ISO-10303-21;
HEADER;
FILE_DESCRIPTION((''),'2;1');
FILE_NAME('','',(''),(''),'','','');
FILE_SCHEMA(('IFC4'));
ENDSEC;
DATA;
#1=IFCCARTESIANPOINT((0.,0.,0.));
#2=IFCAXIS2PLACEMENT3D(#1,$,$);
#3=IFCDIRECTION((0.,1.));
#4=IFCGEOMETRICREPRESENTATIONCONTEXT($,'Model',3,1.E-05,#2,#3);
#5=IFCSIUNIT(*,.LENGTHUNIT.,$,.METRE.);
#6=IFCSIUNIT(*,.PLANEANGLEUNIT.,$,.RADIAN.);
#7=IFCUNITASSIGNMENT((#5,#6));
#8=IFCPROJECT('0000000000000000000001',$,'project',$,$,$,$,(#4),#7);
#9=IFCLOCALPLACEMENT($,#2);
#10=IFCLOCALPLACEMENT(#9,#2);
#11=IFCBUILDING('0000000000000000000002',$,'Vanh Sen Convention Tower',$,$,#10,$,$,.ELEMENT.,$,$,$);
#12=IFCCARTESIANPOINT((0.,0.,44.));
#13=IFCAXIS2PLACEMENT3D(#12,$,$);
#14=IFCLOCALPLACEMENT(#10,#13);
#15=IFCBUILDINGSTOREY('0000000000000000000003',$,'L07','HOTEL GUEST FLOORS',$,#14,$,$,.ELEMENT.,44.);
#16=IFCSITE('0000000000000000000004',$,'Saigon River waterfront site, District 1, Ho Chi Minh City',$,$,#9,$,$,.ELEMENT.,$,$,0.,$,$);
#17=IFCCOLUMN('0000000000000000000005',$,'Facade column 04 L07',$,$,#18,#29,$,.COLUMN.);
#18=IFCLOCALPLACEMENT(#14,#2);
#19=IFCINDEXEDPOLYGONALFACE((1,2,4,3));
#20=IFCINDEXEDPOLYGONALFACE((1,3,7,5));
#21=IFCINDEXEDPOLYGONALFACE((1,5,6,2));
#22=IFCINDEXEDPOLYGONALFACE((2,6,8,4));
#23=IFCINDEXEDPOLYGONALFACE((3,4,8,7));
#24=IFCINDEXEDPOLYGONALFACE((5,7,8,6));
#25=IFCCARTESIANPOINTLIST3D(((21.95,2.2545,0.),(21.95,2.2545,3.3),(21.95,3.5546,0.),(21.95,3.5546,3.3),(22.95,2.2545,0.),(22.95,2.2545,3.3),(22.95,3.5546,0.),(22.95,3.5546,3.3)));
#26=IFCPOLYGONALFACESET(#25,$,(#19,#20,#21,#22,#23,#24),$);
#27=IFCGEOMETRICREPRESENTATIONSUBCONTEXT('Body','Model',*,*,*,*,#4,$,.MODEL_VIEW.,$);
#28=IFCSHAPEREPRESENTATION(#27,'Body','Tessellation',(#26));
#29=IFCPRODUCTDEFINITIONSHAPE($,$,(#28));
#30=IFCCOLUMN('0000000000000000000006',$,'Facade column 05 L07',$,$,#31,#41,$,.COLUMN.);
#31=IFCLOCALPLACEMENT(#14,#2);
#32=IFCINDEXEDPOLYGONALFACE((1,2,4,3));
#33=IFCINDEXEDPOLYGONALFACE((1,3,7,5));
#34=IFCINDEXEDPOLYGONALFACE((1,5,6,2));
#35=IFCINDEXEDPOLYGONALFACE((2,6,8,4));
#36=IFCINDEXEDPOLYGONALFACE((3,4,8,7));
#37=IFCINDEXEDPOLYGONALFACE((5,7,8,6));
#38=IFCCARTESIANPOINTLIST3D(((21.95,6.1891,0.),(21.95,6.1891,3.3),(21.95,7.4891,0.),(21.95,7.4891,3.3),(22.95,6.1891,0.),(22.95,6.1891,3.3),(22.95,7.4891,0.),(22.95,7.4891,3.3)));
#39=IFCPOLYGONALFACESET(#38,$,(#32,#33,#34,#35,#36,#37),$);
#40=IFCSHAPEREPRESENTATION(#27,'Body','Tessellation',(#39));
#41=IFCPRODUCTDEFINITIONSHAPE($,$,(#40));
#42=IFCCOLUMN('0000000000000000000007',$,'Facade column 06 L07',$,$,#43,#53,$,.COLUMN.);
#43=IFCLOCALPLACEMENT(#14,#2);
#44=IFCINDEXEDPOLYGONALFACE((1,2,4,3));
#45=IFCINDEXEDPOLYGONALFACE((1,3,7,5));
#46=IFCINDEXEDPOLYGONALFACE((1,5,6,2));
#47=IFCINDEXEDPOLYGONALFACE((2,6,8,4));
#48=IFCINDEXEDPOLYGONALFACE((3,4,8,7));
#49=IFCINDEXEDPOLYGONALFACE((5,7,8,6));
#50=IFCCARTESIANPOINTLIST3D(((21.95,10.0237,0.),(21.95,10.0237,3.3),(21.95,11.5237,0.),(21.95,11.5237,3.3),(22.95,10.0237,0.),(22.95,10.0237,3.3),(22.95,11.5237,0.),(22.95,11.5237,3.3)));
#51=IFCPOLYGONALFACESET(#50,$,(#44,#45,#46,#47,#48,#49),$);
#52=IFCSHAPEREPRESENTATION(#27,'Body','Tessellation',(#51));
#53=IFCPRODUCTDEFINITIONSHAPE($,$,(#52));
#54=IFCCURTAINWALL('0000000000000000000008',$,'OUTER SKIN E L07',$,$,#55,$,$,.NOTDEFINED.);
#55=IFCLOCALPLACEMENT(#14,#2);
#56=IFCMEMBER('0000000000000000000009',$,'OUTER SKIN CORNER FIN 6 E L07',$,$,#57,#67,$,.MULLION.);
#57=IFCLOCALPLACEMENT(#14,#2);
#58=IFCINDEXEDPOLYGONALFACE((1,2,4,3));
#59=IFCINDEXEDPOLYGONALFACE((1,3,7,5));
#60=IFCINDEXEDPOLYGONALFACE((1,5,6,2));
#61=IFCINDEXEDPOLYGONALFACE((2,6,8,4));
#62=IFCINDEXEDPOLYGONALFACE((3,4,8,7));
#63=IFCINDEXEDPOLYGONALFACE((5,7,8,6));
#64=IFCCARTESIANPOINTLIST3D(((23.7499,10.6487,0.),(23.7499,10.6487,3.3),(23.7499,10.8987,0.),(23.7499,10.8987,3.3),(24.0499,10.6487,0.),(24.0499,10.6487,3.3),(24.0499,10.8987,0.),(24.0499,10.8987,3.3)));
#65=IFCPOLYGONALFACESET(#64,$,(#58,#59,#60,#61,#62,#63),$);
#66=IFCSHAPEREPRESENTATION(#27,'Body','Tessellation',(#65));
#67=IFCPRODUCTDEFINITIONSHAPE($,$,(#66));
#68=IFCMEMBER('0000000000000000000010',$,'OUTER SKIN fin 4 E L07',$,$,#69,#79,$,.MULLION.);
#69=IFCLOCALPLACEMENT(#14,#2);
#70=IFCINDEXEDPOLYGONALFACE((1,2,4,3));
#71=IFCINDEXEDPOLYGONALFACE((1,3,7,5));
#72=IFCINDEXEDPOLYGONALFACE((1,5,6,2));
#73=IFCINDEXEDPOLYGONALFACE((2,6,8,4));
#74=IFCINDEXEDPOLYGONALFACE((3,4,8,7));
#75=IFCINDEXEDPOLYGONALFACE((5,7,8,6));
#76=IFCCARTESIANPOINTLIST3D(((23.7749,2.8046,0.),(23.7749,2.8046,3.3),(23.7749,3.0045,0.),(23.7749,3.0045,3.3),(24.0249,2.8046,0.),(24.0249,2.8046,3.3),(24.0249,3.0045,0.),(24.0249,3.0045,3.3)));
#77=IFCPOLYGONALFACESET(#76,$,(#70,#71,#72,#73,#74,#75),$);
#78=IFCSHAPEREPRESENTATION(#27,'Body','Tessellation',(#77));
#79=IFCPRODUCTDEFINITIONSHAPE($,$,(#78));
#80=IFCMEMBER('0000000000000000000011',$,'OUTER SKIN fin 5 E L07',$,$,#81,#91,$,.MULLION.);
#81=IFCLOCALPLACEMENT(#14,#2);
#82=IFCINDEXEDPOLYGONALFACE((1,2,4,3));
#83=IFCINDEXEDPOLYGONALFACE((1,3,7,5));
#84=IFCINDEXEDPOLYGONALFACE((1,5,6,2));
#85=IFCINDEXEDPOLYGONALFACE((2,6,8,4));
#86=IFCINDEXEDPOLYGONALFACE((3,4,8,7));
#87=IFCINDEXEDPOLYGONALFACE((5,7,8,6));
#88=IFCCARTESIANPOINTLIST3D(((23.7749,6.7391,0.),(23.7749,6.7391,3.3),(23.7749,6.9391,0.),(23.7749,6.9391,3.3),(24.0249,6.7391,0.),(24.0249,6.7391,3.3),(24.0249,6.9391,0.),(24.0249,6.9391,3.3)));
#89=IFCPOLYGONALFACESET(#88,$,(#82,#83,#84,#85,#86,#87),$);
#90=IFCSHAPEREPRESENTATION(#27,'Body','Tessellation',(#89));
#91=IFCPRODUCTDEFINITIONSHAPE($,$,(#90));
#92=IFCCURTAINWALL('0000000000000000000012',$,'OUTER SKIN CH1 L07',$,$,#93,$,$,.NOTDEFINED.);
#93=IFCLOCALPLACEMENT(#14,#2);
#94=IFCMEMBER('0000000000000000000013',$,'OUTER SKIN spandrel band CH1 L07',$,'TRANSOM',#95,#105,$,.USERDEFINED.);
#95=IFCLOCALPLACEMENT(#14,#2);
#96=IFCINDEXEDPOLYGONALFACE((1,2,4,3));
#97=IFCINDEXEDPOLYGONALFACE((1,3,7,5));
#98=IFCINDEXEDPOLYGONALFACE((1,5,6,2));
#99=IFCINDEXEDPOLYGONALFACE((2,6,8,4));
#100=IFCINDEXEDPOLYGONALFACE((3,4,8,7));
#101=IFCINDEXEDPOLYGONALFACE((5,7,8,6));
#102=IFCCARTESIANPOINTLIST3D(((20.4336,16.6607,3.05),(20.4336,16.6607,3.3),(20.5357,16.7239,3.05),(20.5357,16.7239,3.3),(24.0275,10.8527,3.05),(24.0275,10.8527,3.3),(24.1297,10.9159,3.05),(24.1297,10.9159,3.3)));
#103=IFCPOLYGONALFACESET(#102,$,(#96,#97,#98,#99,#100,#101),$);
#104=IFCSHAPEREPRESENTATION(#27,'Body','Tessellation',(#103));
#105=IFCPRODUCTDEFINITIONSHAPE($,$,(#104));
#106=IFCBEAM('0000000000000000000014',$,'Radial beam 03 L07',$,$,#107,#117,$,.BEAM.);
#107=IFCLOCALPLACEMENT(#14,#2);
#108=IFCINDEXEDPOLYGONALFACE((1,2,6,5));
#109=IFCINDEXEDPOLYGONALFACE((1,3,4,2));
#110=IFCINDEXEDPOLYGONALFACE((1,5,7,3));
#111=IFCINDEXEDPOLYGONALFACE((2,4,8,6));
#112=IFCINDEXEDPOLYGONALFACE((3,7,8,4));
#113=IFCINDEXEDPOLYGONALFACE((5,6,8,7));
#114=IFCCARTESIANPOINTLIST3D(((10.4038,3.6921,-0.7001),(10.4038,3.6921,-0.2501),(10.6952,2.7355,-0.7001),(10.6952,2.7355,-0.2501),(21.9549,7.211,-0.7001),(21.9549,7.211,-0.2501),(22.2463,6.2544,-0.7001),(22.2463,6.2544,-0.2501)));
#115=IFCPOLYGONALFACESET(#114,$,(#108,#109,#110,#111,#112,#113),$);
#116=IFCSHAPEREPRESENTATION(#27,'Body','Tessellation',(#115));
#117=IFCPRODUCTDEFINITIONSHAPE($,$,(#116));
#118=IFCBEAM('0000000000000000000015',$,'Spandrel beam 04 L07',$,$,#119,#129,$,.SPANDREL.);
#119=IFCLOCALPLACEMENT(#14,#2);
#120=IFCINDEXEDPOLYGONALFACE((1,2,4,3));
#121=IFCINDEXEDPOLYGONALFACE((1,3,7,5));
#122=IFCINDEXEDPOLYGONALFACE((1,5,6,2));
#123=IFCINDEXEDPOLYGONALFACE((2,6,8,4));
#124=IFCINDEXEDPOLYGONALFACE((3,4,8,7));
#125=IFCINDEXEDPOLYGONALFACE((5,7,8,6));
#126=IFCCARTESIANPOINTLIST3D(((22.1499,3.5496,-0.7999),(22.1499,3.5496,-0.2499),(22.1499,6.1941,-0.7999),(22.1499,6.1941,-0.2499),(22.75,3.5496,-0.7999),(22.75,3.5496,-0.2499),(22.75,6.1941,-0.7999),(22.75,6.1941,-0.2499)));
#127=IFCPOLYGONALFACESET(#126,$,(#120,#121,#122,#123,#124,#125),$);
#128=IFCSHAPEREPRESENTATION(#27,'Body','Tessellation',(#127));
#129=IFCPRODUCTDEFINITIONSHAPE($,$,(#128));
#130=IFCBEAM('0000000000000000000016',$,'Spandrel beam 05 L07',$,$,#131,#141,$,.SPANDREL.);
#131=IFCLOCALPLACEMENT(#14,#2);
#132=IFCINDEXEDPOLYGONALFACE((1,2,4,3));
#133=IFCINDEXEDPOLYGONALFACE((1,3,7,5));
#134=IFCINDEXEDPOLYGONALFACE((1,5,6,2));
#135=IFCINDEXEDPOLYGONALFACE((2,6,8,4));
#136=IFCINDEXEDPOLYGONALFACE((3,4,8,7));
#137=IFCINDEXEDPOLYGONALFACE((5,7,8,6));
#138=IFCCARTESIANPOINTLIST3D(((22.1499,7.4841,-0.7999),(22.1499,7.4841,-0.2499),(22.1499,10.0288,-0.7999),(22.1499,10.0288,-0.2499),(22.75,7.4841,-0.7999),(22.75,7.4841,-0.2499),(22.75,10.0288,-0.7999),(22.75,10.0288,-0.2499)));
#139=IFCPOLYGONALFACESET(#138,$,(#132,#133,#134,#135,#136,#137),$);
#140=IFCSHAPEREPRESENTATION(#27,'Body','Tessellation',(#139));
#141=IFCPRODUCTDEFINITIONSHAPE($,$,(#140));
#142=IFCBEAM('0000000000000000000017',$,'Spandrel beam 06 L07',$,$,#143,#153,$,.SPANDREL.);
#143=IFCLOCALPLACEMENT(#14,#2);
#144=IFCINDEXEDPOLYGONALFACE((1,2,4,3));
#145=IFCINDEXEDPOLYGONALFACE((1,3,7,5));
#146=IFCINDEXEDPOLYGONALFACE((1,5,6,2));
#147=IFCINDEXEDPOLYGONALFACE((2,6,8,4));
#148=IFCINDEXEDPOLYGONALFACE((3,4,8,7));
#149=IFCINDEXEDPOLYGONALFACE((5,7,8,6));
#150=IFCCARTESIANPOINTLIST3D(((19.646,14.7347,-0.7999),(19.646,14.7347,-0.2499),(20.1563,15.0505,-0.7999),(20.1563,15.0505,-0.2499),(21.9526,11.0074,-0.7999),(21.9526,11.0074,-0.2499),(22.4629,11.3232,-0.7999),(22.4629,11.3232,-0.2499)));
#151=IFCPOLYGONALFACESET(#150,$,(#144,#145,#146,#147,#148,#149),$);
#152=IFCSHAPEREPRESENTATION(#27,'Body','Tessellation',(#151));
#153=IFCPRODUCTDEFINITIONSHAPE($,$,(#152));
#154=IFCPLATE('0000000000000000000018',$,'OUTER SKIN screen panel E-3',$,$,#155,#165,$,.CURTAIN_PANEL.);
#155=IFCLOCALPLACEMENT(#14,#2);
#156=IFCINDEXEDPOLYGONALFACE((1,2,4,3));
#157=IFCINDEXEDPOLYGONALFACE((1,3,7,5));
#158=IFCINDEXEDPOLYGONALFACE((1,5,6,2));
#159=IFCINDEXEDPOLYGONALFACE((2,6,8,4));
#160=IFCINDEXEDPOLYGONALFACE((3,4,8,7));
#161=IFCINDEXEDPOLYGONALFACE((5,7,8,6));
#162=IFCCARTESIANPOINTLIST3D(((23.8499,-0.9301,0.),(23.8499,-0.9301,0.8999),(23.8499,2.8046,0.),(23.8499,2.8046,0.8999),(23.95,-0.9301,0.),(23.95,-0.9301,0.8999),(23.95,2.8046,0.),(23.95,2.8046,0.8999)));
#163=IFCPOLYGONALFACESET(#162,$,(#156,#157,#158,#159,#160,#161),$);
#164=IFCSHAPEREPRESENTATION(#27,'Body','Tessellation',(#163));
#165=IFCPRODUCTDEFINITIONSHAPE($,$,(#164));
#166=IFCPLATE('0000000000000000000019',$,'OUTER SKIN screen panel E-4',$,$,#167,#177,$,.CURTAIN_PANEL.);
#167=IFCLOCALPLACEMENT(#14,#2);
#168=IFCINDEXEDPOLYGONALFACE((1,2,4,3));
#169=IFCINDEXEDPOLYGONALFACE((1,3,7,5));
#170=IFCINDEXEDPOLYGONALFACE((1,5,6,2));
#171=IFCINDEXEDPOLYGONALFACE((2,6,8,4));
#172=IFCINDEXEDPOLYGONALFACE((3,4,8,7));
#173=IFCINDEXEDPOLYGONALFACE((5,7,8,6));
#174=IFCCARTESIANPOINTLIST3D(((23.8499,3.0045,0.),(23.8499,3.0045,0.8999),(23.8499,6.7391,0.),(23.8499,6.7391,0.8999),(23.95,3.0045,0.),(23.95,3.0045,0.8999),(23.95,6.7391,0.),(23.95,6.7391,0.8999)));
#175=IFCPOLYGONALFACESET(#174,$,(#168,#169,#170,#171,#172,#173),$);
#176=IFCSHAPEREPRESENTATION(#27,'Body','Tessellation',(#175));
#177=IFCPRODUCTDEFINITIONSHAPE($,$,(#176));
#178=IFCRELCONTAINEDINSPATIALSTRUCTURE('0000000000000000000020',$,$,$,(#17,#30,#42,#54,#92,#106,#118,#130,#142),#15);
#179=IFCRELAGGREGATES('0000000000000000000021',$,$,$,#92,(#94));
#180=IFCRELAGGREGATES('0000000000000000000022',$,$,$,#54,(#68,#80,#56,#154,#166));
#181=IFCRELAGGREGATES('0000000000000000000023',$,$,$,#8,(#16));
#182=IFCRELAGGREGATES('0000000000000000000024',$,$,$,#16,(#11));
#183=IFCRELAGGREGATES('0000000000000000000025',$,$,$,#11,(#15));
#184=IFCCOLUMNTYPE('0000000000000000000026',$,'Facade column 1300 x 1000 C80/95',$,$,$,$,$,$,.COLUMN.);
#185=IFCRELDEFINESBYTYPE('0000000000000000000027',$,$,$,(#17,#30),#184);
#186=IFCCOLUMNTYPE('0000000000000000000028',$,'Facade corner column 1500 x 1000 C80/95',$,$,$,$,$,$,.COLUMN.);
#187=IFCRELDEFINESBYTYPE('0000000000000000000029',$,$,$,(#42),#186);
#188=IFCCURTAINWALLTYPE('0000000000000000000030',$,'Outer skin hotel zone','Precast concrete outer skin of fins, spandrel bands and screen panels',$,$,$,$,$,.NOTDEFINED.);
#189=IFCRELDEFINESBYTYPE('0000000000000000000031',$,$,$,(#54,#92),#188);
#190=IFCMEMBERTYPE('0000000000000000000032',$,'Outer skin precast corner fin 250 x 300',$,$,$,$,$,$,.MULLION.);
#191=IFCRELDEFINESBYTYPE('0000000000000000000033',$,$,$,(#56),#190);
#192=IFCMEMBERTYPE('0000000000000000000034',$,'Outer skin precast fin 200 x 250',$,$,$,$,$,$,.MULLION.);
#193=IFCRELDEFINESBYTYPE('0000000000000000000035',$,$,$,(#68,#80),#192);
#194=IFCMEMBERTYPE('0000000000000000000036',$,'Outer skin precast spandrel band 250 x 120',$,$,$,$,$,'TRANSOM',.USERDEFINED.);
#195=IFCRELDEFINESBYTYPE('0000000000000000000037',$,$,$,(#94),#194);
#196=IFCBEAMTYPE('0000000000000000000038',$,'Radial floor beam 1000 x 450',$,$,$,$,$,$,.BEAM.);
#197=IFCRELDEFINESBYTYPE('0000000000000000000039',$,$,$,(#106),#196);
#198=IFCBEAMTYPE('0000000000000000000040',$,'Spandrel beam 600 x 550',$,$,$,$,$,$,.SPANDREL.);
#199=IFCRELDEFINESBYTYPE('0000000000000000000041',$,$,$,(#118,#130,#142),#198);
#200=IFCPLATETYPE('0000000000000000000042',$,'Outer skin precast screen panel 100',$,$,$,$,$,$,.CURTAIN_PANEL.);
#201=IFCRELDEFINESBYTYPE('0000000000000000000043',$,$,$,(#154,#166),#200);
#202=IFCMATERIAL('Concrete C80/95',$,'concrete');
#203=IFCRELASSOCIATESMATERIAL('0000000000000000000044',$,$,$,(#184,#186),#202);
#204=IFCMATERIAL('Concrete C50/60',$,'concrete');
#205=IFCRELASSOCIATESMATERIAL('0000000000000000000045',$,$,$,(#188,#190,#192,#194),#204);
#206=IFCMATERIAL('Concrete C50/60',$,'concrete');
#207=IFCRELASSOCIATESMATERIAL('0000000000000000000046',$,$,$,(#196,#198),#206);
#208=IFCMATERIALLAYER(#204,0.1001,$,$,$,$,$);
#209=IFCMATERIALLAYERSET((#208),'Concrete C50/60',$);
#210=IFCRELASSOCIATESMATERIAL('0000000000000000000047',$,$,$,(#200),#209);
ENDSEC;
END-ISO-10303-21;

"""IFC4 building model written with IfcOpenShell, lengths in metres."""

from ifc_helpers import new_model, si_unit, direction, frame, origin, origin_2d, place, context, subcontext, project, spatial, rectangle, extrude, material, layer, layer_set, material_profile, profile_set, type_object, element, aggregate, save


model = new_model("IFC4")

# Units and contexts
model_context = context("Model", 3, precision=1e-05, world=origin(), true_north=direction((0.0, 1.0)))
body_context = subcontext(model_context, "Body", "Model", "MODEL_VIEW")
ifc_project = project(units=[si_unit("LENGTHUNIT", "METRE"), si_unit("PLANEANGLEUNIT", "RADIAN")], contexts=[model_context])

# Site, building, storey
site_placement = place(None, origin())
site = spatial("IfcSite", under=ifc_project, at=site_placement, Name="Saigon River waterfront site, District 1, Ho Chi Minh City", CompositionType="ELEMENT", RefElevation=0.0)
building_placement = place(site_placement, origin())
building = spatial("IfcBuilding", under=site, at=building_placement, Name="Vanh Sen Convention Tower", CompositionType="ELEMENT")
storey_placement = place(building_placement, frame((0.0, 0.0, 44.0)))
storey = spatial("IfcBuildingStorey", under=building, at=storey_placement, Name="L07", Description="HOTEL GUEST FLOORS", CompositionType="ELEMENT", Elevation=44.0)

# Columns
ifc_material_1 = material(Name="Concrete C80/95", Category="concrete")
ifc_material_profile_1 = material_profile(ifc_material_1, rectangle(XDim=1.3, YDim=1.0, at=origin_2d()), Name="RC 1300X1000")
ifc_profile_set_1 = profile_set([ifc_material_profile_1], Name="Concrete C80/95")
column_type_1 = type_object("IfcColumnType", Name="Facade column 1300 x 1000 C80/95", PredefinedType="COLUMN", material=ifc_profile_set_1)
for number, where, z_axis, x_axis, name in (
    (1, (22.45, 2.9045, 0.0), (0.0, 0.0, 1.0), (0.0, 1.0, 0.0), "Facade column 04 L07"),
    (2, (22.45, 6.8391, 0.0), (0.0, 0.0, 1.0), (0.0, 1.0, 0.0), "Facade column 05 L07"),
):
    element("IfcColumn", number, at=place(storey_placement, frame(where, z_axis=z_axis, x_axis=x_axis)), inside=storey, type_object=column_type_1, Name=name, PredefinedType="COLUMN", context=body_context, shape_type="SweptSolid", body=[
        extrude(rectangle(XDim=1.3, YDim=1.0, at=origin_2d()), origin(), (0.0, 0.0, 1.0), 3.3),
    ])
ifc_material_profile_2 = material_profile(ifc_material_1, rectangle(XDim=1.5, YDim=1.0, at=origin_2d()), Name="RC 1500X1000")
ifc_profile_set_2 = profile_set([ifc_material_profile_2], Name="Concrete C80/95")
column_type_2 = type_object("IfcColumnType", Name="Facade corner column 1500 x 1000 C80/95", PredefinedType="COLUMN", material=ifc_profile_set_2)
column_placement = place(storey_placement, frame((22.45, 10.7737, 0.0), z_axis=(0.0, 0.0, 1.0), x_axis=(0.0, 1.0, 0.0)))
element("IfcColumn", 3, at=column_placement, inside=storey, type_object=column_type_2, Name="Facade column 06 L07", PredefinedType="COLUMN", context=body_context, shape_type="SweptSolid", body=[
    extrude(rectangle(XDim=1.5, YDim=1.0, at=origin_2d()), origin(), (0.0, 0.0, 1.0), 3.3),
])

# Curtain wall, members
ifc_material_2 = material(Name="Concrete C50/60", Category="concrete")
curtain_wall_type = type_object("IfcCurtainWallType", Name="Outer skin hotel zone", Description="Precast concrete outer skin of fins, spandrel bands and screen panels", PredefinedType="NOTDEFINED", material=ifc_material_2)
curtain_wall_1_placement = place(storey_placement, origin())
curtain_wall_1 = element("IfcCurtainWall", 4, at=curtain_wall_1_placement, inside=storey, type_object=curtain_wall_type, Name="OUTER SKIN E L07", PredefinedType="NOTDEFINED")
ifc_material_profile_3 = material_profile(ifc_material_2, rectangle(XDim=0.25, YDim=0.3, at=origin_2d()), Name="Outer skin precast corner fin 250 x 300")
ifc_profile_set_3 = profile_set([ifc_material_profile_3], Name="Concrete C50/60")
member_type_1 = type_object("IfcMemberType", Name="Outer skin precast corner fin 250 x 300", PredefinedType="MULLION", material=ifc_profile_set_3)
member_1_placement = place(storey_placement, frame((23.8999, 10.7737, 0.0), z_axis=(0.0, 0.0, 1.0), x_axis=(0.0, 1.0, 0.0)))
member_1 = element("IfcMember", 5, at=member_1_placement, type_object=member_type_1, Name="OUTER SKIN CORNER FIN 6 E L07", PredefinedType="MULLION", context=body_context, shape_type="SweptSolid", body=[
    extrude(rectangle(XDim=0.25, YDim=0.3, at=origin_2d()), origin(), (0.0, 0.0, 1.0), 3.3),
])
ifc_material_profile_4 = material_profile(ifc_material_2, rectangle(XDim=0.2, YDim=0.25, at=origin_2d()), Name="Outer skin precast fin 200 x 250")
ifc_profile_set_4 = profile_set([ifc_material_profile_4], Name="Concrete C50/60")
member_type_2 = type_object("IfcMemberType", Name="Outer skin precast fin 200 x 250", PredefinedType="MULLION", material=ifc_profile_set_4)
member_2_placement = place(storey_placement, frame((23.8999, 2.9045, 0.0), z_axis=(0.0, 0.0, 1.0), x_axis=(0.0, 1.0, 0.0)))
member_2 = element("IfcMember", 6, at=member_2_placement, type_object=member_type_2, Name="OUTER SKIN fin 4 E L07", PredefinedType="MULLION", context=body_context, shape_type="SweptSolid", body=[
    extrude(rectangle(XDim=0.2, YDim=0.25, at=origin_2d()), origin(), (0.0, 0.0, 1.0), 3.3),
])
member_3_placement = place(storey_placement, frame((23.8999, 6.8391, 0.0), z_axis=(0.0, 0.0, 1.0), x_axis=(0.0, 1.0, 0.0)))
member_3 = element("IfcMember", 7, at=member_3_placement, type_object=member_type_2, Name="OUTER SKIN fin 5 E L07", PredefinedType="MULLION", context=body_context, shape_type="SweptSolid", body=[
    extrude(rectangle(XDim=0.2, YDim=0.25, at=origin_2d()), origin(), (0.0, 0.0, 1.0), 3.3),
])

# Curtain wall, member
curtain_wall_2_placement = place(storey_placement, origin())
curtain_wall_2 = element("IfcCurtainWall", 8, at=curtain_wall_2_placement, inside=storey, type_object=curtain_wall_type, Name="OUTER SKIN CH1 L07", PredefinedType="NOTDEFINED")
ifc_material_profile_5 = material_profile(ifc_material_2, rectangle(XDim=0.1201, YDim=0.25, at=origin_2d()), Name="Outer skin precast spandrel band 250 x 120")
ifc_profile_set_5 = profile_set([ifc_material_profile_5], Name="Concrete C50/60")
member_type_3 = type_object("IfcMemberType", Name="Outer skin precast spandrel band 250 x 120", ElementType="TRANSOM", PredefinedType="USERDEFINED", material=ifc_profile_set_5)
member_4_placement = place(storey_placement, frame((24.0786, 10.8843, 3.175), z_axis=(-0.526196, 0.850363, 0.0), x_axis=(-0.850363, -0.526196, 0.0)))
member_4 = element("IfcMember", 9, at=member_4_placement, type_object=member_type_3, Name="OUTER SKIN spandrel band CH1 L07", ObjectType="TRANSOM", PredefinedType="USERDEFINED", context=body_context, shape_type="SweptSolid", body=[
    extrude(rectangle(XDim=0.1201, YDim=0.25, at=origin_2d()), origin(), (0.0, 0.0, 1.0), 6.8301),
])
aggregate(curtain_wall_2, [member_4])

# Beams
ifc_material_3 = material(Name="Concrete C50/60", Category="concrete")
ifc_material_profile_6 = material_profile(ifc_material_3, rectangle(XDim=1.0, YDim=0.45, at=origin_2d()), Name="RC 1000X450")
ifc_profile_set_6 = profile_set([ifc_material_profile_6], Name="Concrete C50/60")
beam_type_1 = type_object("IfcBeamType", Name="Radial floor beam 1000 x 450", PredefinedType="BEAM", material=ifc_profile_set_6)
beam_1_placement = place(storey_placement, frame((22.1006, 6.7327, -0.4751), z_axis=(-0.956598, -0.291409, 0.0), x_axis=(0.291409, -0.956598, 0.0)))
element("IfcBeam", 10, at=beam_1_placement, inside=storey, type_object=beam_type_1, Name="Radial beam 03 L07", PredefinedType="BEAM", context=body_context, shape_type="SweptSolid", body=[
    extrude(rectangle(XDim=1.0, YDim=0.45, at=origin_2d()), origin(), (0.0, 0.0, 1.0), 12.0752),
])
ifc_material_profile_7 = material_profile(ifc_material_3, rectangle(XDim=0.6001, YDim=0.55, at=origin_2d()), Name="RC 600X550")
ifc_profile_set_7 = profile_set([ifc_material_profile_7], Name="Concrete C50/60")
beam_type_2 = type_object("IfcBeamType", Name="Spandrel beam 600 x 550", PredefinedType="SPANDREL", material=ifc_profile_set_7)
beam_2_placement = place(storey_placement, frame((22.45, 3.5496, -0.5249), z_axis=(0.0, 1.0, 0.0), x_axis=(-1.0, 0.0, 0.0)))
element("IfcBeam", 11, at=beam_2_placement, inside=storey, type_object=beam_type_2, Name="Spandrel beam 04 L07", PredefinedType="SPANDREL", context=body_context, shape_type="SweptSolid", body=[
    extrude(rectangle(XDim=0.6001, YDim=0.55, at=origin_2d()), origin(), (0.0, 0.0, 1.0), 2.6445),
])
beam_3_placement = place(storey_placement, frame((22.45, 7.4841, -0.5249), z_axis=(0.0, 1.0, 0.0), x_axis=(-1.0, 0.0, 0.0)))
element("IfcBeam", 12, at=beam_3_placement, inside=storey, type_object=beam_type_2, Name="Spandrel beam 05 L07", PredefinedType="SPANDREL", context=body_context, shape_type="SweptSolid", body=[
    extrude(rectangle(XDim=0.6001, YDim=0.55, at=origin_2d()), origin(), (0.0, 0.0, 1.0), 2.5447),
])
beam_4_placement = place(storey_placement, frame((22.2078, 11.1653, -0.5249), z_axis=(-0.526234, 0.85034, 0.0), x_axis=(-0.85034, -0.526234, 0.0)))
element("IfcBeam", 13, at=beam_4_placement, inside=storey, type_object=beam_type_2, Name="Spandrel beam 06 L07", PredefinedType="SPANDREL", context=body_context, shape_type="SweptSolid", body=[
    extrude(rectangle(XDim=0.6001, YDim=0.55, at=origin_2d()), origin(), (0.0, 0.0, 1.0), 4.3833),
])

# Plates
ifc_layer_1 = layer(ifc_material_2, 0.1001)
ifc_layer_set_1 = layer_set([ifc_layer_1], Name="Concrete C50/60")
plate_type = type_object("IfcPlateType", Name="Outer skin precast screen panel 100", PredefinedType="CURTAIN_PANEL", material=ifc_layer_set_1)
plate_1_placement = place(storey_placement, frame((23.8999, 0.9373, 0.0), z_axis=(0.0, 0.0, 1.0), x_axis=(0.0, 1.0, 0.0)))
plate_1 = element("IfcPlate", 14, at=plate_1_placement, type_object=plate_type, Name="OUTER SKIN screen panel E-3", PredefinedType="CURTAIN_PANEL", context=body_context, shape_type="SweptSolid", body=[
    extrude(rectangle(XDim=3.7346, YDim=0.1001, at=origin_2d()), origin(), (0.0, 0.0, 1.0), 0.8999),
])
plate_2_placement = place(storey_placement, frame((23.8999, 4.8718, 0.0), z_axis=(0.0, 0.0, 1.0), x_axis=(0.0, 1.0, 0.0)))
plate_2 = element("IfcPlate", 15, at=plate_2_placement, type_object=plate_type, Name="OUTER SKIN screen panel E-4", PredefinedType="CURTAIN_PANEL", context=body_context, shape_type="SweptSolid", body=[
    extrude(rectangle(XDim=3.7346, YDim=0.1001, at=origin_2d()), origin(), (0.0, 0.0, 1.0), 0.8999),
])
aggregate(curtain_wall_1, [member_2, member_3, member_1, plate_1, plate_2])

save(model, "model.ifc")
